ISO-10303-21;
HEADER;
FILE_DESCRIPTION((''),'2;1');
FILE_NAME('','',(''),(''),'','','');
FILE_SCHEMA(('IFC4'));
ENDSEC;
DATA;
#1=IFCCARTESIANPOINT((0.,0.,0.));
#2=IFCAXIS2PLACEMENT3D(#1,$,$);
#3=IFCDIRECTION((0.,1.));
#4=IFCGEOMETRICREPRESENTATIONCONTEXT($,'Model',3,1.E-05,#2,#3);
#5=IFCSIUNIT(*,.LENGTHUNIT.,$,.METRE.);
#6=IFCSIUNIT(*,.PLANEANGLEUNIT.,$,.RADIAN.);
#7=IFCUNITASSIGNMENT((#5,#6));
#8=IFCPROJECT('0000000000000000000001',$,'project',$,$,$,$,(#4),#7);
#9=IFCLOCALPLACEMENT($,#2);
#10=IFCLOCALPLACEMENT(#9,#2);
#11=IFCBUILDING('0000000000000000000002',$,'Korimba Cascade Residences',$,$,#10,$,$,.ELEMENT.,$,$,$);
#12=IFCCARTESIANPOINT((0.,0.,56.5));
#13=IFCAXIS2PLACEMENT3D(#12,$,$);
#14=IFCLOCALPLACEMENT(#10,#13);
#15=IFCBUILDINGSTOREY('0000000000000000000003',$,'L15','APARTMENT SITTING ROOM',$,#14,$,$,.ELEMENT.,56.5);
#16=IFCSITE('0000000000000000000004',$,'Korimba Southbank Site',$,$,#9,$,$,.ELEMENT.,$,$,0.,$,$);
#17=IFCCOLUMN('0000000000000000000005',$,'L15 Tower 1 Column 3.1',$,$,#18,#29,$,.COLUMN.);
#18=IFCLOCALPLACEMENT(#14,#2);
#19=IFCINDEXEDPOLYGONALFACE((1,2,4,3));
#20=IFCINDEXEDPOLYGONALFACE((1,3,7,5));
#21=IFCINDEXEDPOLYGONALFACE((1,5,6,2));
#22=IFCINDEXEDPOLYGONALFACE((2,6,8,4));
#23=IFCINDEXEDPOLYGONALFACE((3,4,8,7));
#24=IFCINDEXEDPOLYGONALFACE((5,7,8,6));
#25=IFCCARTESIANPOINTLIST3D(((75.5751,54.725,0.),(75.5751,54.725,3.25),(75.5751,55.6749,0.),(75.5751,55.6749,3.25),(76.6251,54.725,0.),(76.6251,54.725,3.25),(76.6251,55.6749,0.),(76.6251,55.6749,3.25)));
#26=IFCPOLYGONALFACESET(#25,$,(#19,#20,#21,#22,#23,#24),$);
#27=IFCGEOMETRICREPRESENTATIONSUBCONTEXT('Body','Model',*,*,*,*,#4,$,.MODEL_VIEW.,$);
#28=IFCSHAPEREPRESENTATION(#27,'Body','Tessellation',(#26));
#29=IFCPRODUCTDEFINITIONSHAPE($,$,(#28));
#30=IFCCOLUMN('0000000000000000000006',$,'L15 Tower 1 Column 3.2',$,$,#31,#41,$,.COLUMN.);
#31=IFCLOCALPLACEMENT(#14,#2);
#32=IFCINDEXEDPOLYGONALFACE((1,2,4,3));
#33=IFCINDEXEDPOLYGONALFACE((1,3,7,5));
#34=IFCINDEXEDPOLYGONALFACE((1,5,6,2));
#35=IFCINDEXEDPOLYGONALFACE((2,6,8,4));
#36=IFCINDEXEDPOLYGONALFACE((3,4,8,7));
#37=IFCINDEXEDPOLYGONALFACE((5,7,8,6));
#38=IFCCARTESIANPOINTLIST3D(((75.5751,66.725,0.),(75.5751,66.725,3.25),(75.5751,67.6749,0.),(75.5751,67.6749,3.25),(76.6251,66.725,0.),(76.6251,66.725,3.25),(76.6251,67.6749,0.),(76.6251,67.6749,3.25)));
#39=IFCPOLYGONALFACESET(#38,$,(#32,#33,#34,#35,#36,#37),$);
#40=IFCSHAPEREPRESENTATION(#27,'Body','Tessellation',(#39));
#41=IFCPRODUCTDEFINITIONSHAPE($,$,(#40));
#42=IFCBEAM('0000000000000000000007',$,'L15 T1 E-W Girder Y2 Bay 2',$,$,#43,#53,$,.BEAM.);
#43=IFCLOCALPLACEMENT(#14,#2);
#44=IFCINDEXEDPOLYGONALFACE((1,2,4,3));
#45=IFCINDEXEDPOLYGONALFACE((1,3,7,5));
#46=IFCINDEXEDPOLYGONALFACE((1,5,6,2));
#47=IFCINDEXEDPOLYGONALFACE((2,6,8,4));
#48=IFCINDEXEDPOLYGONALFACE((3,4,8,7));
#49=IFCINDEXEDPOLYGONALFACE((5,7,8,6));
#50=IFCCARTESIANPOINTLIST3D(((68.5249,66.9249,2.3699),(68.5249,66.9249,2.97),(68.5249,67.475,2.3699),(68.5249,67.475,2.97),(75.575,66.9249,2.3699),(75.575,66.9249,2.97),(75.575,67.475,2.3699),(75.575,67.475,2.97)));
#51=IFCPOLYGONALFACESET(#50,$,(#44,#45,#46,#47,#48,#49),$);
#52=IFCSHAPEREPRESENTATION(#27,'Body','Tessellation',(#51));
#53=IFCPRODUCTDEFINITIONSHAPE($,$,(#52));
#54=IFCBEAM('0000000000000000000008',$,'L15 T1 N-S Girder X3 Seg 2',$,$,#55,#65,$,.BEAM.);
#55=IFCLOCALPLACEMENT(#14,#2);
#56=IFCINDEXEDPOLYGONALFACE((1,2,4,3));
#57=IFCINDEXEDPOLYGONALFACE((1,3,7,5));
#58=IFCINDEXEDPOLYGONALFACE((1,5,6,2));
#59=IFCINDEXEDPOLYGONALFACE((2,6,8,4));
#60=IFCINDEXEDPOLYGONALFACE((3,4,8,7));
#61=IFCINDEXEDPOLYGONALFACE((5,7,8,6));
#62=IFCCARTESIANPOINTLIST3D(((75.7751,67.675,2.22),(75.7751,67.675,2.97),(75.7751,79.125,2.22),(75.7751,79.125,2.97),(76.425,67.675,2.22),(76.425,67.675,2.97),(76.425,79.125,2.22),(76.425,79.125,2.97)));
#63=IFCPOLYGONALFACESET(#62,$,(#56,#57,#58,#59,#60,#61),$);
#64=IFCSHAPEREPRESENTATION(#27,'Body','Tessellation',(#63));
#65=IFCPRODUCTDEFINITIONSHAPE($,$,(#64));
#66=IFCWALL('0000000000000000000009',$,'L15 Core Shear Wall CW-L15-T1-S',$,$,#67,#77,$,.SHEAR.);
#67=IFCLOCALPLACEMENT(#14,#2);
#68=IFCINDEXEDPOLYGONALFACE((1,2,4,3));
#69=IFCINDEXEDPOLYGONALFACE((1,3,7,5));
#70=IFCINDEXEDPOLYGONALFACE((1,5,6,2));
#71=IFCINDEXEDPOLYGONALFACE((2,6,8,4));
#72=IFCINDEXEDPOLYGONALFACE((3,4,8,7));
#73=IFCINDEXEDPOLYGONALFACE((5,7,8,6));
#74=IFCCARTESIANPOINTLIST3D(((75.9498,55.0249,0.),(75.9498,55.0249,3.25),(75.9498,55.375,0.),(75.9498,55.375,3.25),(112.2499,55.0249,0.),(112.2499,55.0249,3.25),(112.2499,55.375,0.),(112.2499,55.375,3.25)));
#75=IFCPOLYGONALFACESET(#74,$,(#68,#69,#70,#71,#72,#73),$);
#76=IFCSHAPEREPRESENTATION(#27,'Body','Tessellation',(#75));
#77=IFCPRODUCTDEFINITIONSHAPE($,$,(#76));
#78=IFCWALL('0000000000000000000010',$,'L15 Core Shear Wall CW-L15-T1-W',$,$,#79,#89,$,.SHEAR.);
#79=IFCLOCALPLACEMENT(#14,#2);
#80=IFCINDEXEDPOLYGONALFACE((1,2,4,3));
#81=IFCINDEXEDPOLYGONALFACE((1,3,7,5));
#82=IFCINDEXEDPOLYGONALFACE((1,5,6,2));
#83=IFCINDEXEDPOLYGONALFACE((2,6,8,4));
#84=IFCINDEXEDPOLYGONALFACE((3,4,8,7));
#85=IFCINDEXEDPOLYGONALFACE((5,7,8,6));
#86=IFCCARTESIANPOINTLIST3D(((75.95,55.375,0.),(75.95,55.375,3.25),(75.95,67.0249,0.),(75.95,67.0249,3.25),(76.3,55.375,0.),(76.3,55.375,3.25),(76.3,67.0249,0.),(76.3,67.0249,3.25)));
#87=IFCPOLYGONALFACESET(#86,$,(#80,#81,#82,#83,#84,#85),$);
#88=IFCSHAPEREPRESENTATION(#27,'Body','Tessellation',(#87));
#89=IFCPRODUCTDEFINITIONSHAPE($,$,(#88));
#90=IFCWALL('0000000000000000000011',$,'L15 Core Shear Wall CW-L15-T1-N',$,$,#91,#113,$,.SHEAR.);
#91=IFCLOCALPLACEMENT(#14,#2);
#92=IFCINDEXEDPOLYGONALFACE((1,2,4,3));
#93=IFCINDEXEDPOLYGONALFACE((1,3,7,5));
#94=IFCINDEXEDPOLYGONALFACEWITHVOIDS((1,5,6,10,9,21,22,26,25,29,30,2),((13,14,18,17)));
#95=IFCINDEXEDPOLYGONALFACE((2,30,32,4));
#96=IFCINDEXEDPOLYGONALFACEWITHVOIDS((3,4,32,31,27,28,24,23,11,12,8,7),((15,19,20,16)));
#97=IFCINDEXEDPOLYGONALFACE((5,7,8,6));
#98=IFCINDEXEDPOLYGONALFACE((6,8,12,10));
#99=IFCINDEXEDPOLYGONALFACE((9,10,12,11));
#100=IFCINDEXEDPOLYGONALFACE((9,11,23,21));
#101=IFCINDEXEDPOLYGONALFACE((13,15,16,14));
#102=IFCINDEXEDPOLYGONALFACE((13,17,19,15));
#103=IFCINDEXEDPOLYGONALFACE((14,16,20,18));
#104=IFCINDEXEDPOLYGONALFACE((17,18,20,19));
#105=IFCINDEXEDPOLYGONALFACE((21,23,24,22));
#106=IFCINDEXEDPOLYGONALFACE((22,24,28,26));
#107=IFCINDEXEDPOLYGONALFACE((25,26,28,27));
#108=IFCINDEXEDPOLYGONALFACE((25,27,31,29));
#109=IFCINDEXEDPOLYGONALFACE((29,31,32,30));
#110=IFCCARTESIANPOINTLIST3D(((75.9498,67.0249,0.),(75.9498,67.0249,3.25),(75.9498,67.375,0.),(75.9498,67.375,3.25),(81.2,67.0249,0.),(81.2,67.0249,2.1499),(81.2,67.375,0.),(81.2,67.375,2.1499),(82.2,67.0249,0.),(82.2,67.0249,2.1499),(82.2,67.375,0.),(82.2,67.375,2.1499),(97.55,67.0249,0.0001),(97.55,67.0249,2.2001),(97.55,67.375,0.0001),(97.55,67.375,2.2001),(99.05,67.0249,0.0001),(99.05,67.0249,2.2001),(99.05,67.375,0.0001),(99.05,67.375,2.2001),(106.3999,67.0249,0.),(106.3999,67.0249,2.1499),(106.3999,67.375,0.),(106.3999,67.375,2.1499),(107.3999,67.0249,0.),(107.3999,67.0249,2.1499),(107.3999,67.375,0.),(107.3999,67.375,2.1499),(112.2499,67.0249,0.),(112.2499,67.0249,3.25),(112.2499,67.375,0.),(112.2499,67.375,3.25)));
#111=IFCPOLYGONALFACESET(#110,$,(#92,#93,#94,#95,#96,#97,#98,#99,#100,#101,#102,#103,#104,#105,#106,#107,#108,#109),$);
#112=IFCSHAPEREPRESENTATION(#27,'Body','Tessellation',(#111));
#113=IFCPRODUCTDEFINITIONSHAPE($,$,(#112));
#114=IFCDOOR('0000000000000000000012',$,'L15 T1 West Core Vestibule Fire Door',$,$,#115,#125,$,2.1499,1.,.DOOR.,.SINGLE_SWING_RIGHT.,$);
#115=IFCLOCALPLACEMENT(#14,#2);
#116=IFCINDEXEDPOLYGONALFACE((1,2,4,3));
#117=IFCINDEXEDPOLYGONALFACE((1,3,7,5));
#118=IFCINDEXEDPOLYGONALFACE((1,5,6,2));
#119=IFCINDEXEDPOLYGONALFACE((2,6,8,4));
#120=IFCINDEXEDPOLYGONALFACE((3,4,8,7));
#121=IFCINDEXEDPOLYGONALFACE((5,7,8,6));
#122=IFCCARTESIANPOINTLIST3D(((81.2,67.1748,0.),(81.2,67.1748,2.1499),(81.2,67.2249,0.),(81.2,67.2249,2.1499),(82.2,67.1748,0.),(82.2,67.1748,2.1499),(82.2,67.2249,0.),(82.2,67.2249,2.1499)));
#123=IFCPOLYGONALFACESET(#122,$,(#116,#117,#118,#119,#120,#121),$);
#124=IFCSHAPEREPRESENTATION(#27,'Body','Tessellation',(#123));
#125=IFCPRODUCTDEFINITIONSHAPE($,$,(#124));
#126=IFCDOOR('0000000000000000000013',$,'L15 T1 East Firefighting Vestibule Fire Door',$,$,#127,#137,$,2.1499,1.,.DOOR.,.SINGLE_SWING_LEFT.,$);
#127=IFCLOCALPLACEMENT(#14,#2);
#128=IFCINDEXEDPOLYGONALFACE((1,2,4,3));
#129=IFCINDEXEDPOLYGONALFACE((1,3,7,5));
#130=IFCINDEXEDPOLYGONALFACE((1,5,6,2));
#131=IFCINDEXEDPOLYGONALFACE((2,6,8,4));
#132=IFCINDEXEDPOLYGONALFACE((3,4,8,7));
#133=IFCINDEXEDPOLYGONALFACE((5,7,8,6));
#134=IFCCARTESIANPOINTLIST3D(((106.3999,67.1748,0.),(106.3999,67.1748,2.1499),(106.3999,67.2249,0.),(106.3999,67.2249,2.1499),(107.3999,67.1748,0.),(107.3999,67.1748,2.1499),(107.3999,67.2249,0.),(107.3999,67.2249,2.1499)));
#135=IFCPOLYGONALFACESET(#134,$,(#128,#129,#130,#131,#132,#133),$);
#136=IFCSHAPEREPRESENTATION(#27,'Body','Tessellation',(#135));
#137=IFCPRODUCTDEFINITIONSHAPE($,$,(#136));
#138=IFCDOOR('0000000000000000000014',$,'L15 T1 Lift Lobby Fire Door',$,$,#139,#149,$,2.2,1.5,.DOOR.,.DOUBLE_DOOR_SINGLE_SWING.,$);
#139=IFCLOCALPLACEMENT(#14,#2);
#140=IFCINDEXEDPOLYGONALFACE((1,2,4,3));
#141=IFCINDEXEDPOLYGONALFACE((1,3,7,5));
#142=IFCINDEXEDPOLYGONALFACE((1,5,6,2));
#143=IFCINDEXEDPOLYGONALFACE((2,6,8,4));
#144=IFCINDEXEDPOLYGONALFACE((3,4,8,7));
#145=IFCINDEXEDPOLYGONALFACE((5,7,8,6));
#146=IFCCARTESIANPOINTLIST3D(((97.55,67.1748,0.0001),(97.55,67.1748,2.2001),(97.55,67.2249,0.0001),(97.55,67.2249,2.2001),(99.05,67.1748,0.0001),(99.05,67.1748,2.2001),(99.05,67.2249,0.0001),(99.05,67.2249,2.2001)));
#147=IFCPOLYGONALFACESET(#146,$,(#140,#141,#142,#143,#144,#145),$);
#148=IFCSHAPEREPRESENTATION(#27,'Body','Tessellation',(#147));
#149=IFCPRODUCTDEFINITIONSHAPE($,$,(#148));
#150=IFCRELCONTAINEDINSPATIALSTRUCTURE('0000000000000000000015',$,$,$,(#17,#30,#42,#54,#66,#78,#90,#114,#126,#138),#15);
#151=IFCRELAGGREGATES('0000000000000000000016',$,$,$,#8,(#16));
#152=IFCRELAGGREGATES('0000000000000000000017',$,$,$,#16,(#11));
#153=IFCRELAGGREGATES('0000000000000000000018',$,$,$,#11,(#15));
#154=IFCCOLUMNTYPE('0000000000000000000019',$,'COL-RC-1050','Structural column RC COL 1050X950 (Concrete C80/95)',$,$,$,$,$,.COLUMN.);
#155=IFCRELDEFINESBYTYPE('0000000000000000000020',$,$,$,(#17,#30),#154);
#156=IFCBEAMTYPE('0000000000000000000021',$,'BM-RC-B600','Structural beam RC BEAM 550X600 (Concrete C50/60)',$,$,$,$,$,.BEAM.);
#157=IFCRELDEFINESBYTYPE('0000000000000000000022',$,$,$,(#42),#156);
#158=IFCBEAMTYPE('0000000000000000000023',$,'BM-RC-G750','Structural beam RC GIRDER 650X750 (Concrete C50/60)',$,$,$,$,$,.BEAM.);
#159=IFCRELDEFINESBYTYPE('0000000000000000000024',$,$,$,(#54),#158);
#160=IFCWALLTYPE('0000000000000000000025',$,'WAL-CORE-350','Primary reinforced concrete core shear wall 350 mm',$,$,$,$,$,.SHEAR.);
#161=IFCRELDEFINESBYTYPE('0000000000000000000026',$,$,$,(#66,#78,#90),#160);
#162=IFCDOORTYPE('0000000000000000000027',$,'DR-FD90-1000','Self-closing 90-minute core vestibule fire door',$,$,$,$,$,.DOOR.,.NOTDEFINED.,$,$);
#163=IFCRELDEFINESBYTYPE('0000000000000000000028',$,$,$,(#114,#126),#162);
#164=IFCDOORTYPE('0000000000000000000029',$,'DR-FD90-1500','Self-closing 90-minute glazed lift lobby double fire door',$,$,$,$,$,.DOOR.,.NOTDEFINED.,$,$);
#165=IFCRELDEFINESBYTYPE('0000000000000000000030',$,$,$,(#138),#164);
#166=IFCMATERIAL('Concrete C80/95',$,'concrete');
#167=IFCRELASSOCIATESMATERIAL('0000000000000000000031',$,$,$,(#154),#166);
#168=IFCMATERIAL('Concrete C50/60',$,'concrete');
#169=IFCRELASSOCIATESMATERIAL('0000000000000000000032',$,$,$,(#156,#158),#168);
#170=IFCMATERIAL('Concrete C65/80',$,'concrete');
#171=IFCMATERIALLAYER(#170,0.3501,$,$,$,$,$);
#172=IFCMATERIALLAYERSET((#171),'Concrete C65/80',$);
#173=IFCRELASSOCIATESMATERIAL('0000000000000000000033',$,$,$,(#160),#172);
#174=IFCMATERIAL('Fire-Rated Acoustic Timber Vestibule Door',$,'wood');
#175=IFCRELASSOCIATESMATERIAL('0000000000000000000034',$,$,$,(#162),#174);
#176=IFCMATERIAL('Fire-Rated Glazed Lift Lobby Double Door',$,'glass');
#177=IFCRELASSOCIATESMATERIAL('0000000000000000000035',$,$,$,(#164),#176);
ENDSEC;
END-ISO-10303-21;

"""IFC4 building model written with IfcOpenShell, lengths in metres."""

from ifc_helpers import new_model, si_unit, direction, frame, frame_2d, origin, origin_2d, place, context, subcontext, project, spatial, rectangle, extrude, material, layer, layer_set, material_profile, profile_set, type_object, element, fill, save


model = new_model("IFC4")

# Units and contexts
model_context = context("Model", 3, precision=1e-05, world=origin(), true_north=direction((0.0, 1.0)))
body_context = subcontext(model_context, "Body", "Model", "MODEL_VIEW")
ifc_project = project(units=[si_unit("LENGTHUNIT", "METRE"), si_unit("PLANEANGLEUNIT", "RADIAN")], contexts=[model_context])

# Site, building, storey
site_placement = place(None, origin())
site = spatial("IfcSite", under=ifc_project, at=site_placement, Name="Korimba Southbank Site", CompositionType="ELEMENT", RefElevation=0.0)
building_placement = place(site_placement, origin())
building = spatial("IfcBuilding", under=site, at=building_placement, Name="Korimba Cascade Residences", CompositionType="ELEMENT")
storey_placement = place(building_placement, frame((0.0, 0.0, 56.5)))
storey = spatial("IfcBuildingStorey", under=building, at=storey_placement, Name="L15", Description="APARTMENT SITTING ROOM", CompositionType="ELEMENT", Elevation=56.5)

# Columns
ifc_material_1 = material(Name="Concrete C80/95", Category="concrete")
ifc_material_profile_1 = material_profile(ifc_material_1, rectangle(XDim=1.05, YDim=0.95, at=origin_2d()), Name="Concrete C80/95")
ifc_profile_set_1 = profile_set([ifc_material_profile_1], Name="Concrete C80/95")
column_type = type_object("IfcColumnType", Name="COL-RC-1050", Description="Structural column RC COL 1050X950 (Concrete C80/95)", PredefinedType="COLUMN", material=ifc_profile_set_1)
for number, where, z_axis, x_axis, name in (
    (1, (76.1001, 55.2, 0.0), (0.0, 0.0, 1.0), (1.0, 0.0, 0.0), "L15 Tower 1 Column 3.1"),
    (2, (76.1001, 67.2, 0.0), (0.0, 0.0, 1.0), (1.0, 0.0, 0.0), "L15 Tower 1 Column 3.2"),
):
    element("IfcColumn", number, at=place(storey_placement, frame(where, z_axis=z_axis, x_axis=x_axis)), inside=storey, type_object=column_type, Name=name, PredefinedType="COLUMN", context=body_context, shape_type="SweptSolid", body=[
        extrude(rectangle(XDim=1.05, YDim=0.95, at=origin_2d()), origin(), (0.0, 0.0, 1.0), 3.25),
    ])

# Beams
ifc_material_2 = material(Name="Concrete C50/60", Category="concrete")
ifc_material_profile_2 = material_profile(ifc_material_2, rectangle(XDim=0.55, YDim=0.6001, at=origin_2d()), Name="Concrete C50/60")
ifc_profile_set_2 = profile_set([ifc_material_profile_2], Name="Concrete C50/60")
beam_type_1 = type_object("IfcBeamType", Name="BM-RC-B600", Description="Structural beam RC BEAM 550X600 (Concrete C50/60)", PredefinedType="BEAM", material=ifc_profile_set_2)
beam_1_placement = place(storey_placement, frame((68.5249, 67.2, 2.6699), z_axis=(1.0, 0.0, 0.0), x_axis=(0.0, 1.0, 0.0)))
element("IfcBeam", 3, at=beam_1_placement, inside=storey, type_object=beam_type_1, Name="L15 T1 E-W Girder Y2 Bay 2", PredefinedType="BEAM", context=body_context, shape_type="SweptSolid", body=[
    extrude(rectangle(XDim=0.55, YDim=0.6001, at=origin_2d()), origin(), (0.0, 0.0, 1.0), 7.05),
])
ifc_material_profile_3 = material_profile(ifc_material_2, rectangle(XDim=0.6499, YDim=0.75, at=origin_2d()), Name="Concrete C50/60")
ifc_profile_set_3 = profile_set([ifc_material_profile_3], Name="Concrete C50/60")
beam_type_2 = type_object("IfcBeamType", Name="BM-RC-G750", Description="Structural beam RC GIRDER 650X750 (Concrete C50/60)", PredefinedType="BEAM", material=ifc_profile_set_3)
beam_2_placement = place(storey_placement, frame((76.1001, 67.675, 2.595), z_axis=(0.0, 1.0, 0.0), x_axis=(-1.0, 0.0, 0.0)))
element("IfcBeam", 4, at=beam_2_placement, inside=storey, type_object=beam_type_2, Name="L15 T1 N-S Girder X3 Seg 2", PredefinedType="BEAM", context=body_context, shape_type="SweptSolid", body=[
    extrude(rectangle(XDim=0.6499, YDim=0.75, at=origin_2d()), origin(), (0.0, 0.0, 1.0), 11.45),
])

# Walls
ifc_material_3 = material(Name="Concrete C65/80", Category="concrete")
ifc_layer_1 = layer(ifc_material_3, 0.3501)
ifc_layer_set_1 = layer_set([ifc_layer_1], Name="Concrete C65/80")
wall_type_1 = type_object("IfcWallType", Name="WAL-CORE-350", Description="Primary reinforced concrete core shear wall 350 mm", PredefinedType="SHEAR", material=ifc_layer_set_1)
wall_1_placement = place(storey_placement, frame((75.95, 55.2, 0.0), z_axis=(0.0, 0.0, 1.0), x_axis=(1.0, 0.0, 0.0)))
element("IfcWall", 5, at=wall_1_placement, inside=storey, type_object=wall_type_1, Name="L15 Core Shear Wall CW-L15-T1-S", PredefinedType="SHEAR", context=body_context, shape_type="SweptSolid", body=[
    extrude(rectangle(XDim=36.3, YDim=0.3501, at=frame_2d((18.1499, 0.0))), origin(), (0.0, 0.0, 1.0), 3.25),
])
wall_2_placement = place(storey_placement, frame((76.125, 55.375, 0.0), z_axis=(0.0, 0.0, 1.0), x_axis=(0.0, 1.0, 0.0)))
element("IfcWall", 6, at=wall_2_placement, inside=storey, type_object=wall_type_1, Name="L15 Core Shear Wall CW-L15-T1-W", PredefinedType="SHEAR", context=body_context, shape_type="SweptSolid", body=[
    extrude(rectangle(XDim=11.6499, YDim=0.3501, at=frame_2d((5.825, 0.0))), origin(), (0.0, 0.0, 1.0), 3.25),
])

# Wall, openings, doors
wall_3_placement = place(storey_placement, frame((75.95, 67.2, 0.0), z_axis=(0.0, 0.0, 1.0), x_axis=(1.0, 0.0, 0.0)))
wall_3 = element("IfcWall", 7, at=wall_3_placement, inside=storey, type_object=wall_type_1, Name="L15 Core Shear Wall CW-L15-T1-N", PredefinedType="SHEAR", context=body_context, shape_type="SweptSolid", body=[
    extrude(rectangle(XDim=36.3, YDim=0.3501, at=frame_2d((18.1499, 0.0))), origin(), (0.0, 0.0, 1.0), 3.25),
])
opening_1_placement = place(wall_3_placement, frame((5.25, 0.0, 0.0)))
opening_1 = element("IfcOpeningElement", 8, at=opening_1_placement, cuts=wall_3, PredefinedType="OPENING", context=body_context, shape_type="SweptSolid", body=[
    extrude(rectangle(XDim=1.0, YDim=2.1499, at=frame_2d((0.5, 1.075))), frame((0.0, 0.1851, 0.0), z_axis=(0.0, -1.0, 0.0), x_axis=(1.0, 0.0, 0.0)), (0.0, 0.0, 1.0), 0.3701),
])
opening_2_placement = place(wall_3_placement, frame((21.6001, 0.0, 0.0)))
opening_2 = element("IfcOpeningElement", 9, at=opening_2_placement, cuts=wall_3, PredefinedType="OPENING", context=body_context, shape_type="SweptSolid", body=[
    extrude(rectangle(XDim=1.5, YDim=2.2, at=frame_2d((0.75, 1.1001))), frame((0.0, 0.1851, 0.0), z_axis=(0.0, -1.0, 0.0), x_axis=(1.0, 0.0, 0.0)), (0.0, 0.0, 1.0), 0.3701),
])
opening_3_placement = place(wall_3_placement, frame((30.45, 0.0, 0.0)))
opening_3 = element("IfcOpeningElement", 10, at=opening_3_placement, cuts=wall_3, PredefinedType="OPENING", context=body_context, shape_type="SweptSolid", body=[
    extrude(rectangle(XDim=1.0, YDim=2.1499, at=frame_2d((0.5, 1.075))), frame((0.0, 0.1851, 0.0), z_axis=(0.0, -1.0, 0.0), x_axis=(1.0, 0.0, 0.0)), (0.0, 0.0, 1.0), 0.3701),
])
ifc_material_4 = material(Name="Fire-Rated Acoustic Timber Vestibule Door", Category="wood")
door_type_1 = type_object("IfcDoorType", Name="DR-FD90-1000", Description="Self-closing 90-minute core vestibule fire door", OperationType="NOTDEFINED", PredefinedType="DOOR", material=ifc_material_4)
door_1_placement = place(opening_1_placement, origin())
door_1 = element("IfcDoor", 11, at=door_1_placement, inside=storey, type_object=door_type_1, Name="L15 T1 West Core Vestibule Fire Door", OperationType="SINGLE_SWING_RIGHT", OverallHeight=2.1499, OverallWidth=1.0, PredefinedType="DOOR", context=body_context, shape_type="SweptSolid", body=[
    extrude(rectangle(XDim=1.0, YDim=2.1499, at=frame_2d((0.5, 1.075))), frame((0.0, 0.0249, 0.0), z_axis=(0.0, -1.0, 0.0), x_axis=(1.0, 0.0, 0.0)), (0.0, 0.0, 1.0), 0.05),
])
fill(opening_1, door_1)
door_2_placement = place(opening_3_placement, origin())
door_2 = element("IfcDoor", 12, at=door_2_placement, inside=storey, type_object=door_type_1, Name="L15 T1 East Firefighting Vestibule Fire Door", OperationType="SINGLE_SWING_LEFT", OverallHeight=2.1499, OverallWidth=1.0, PredefinedType="DOOR", context=body_context, shape_type="SweptSolid", body=[
    extrude(rectangle(XDim=1.0, YDim=2.1499, at=frame_2d((0.5, 1.075))), frame((0.0, 0.0249, 0.0), z_axis=(0.0, -1.0, 0.0), x_axis=(1.0, 0.0, 0.0)), (0.0, 0.0, 1.0), 0.05),
])
fill(opening_3, door_2)
ifc_material_5 = material(Name="Fire-Rated Glazed Lift Lobby Double Door", Category="glass")
door_type_2 = type_object("IfcDoorType", Name="DR-FD90-1500", Description="Self-closing 90-minute glazed lift lobby double fire door", OperationType="NOTDEFINED", PredefinedType="DOOR", material=ifc_material_5)
door_3_placement = place(opening_2_placement, origin())
door_3 = element("IfcDoor", 13, at=door_3_placement, inside=storey, type_object=door_type_2, Name="L15 T1 Lift Lobby Fire Door", OperationType="DOUBLE_DOOR_SINGLE_SWING", OverallHeight=2.2, OverallWidth=1.5, PredefinedType="DOOR", context=body_context, shape_type="SweptSolid", body=[
    extrude(rectangle(XDim=1.5, YDim=2.2, at=frame_2d((0.75, 1.1001))), frame((0.0, 0.0249, 0.0), z_axis=(0.0, -1.0, 0.0), x_axis=(1.0, 0.0, 0.0)), (0.0, 0.0, 1.0), 0.05),
])
fill(opening_2, door_3)

save(model, "model.ifc")
